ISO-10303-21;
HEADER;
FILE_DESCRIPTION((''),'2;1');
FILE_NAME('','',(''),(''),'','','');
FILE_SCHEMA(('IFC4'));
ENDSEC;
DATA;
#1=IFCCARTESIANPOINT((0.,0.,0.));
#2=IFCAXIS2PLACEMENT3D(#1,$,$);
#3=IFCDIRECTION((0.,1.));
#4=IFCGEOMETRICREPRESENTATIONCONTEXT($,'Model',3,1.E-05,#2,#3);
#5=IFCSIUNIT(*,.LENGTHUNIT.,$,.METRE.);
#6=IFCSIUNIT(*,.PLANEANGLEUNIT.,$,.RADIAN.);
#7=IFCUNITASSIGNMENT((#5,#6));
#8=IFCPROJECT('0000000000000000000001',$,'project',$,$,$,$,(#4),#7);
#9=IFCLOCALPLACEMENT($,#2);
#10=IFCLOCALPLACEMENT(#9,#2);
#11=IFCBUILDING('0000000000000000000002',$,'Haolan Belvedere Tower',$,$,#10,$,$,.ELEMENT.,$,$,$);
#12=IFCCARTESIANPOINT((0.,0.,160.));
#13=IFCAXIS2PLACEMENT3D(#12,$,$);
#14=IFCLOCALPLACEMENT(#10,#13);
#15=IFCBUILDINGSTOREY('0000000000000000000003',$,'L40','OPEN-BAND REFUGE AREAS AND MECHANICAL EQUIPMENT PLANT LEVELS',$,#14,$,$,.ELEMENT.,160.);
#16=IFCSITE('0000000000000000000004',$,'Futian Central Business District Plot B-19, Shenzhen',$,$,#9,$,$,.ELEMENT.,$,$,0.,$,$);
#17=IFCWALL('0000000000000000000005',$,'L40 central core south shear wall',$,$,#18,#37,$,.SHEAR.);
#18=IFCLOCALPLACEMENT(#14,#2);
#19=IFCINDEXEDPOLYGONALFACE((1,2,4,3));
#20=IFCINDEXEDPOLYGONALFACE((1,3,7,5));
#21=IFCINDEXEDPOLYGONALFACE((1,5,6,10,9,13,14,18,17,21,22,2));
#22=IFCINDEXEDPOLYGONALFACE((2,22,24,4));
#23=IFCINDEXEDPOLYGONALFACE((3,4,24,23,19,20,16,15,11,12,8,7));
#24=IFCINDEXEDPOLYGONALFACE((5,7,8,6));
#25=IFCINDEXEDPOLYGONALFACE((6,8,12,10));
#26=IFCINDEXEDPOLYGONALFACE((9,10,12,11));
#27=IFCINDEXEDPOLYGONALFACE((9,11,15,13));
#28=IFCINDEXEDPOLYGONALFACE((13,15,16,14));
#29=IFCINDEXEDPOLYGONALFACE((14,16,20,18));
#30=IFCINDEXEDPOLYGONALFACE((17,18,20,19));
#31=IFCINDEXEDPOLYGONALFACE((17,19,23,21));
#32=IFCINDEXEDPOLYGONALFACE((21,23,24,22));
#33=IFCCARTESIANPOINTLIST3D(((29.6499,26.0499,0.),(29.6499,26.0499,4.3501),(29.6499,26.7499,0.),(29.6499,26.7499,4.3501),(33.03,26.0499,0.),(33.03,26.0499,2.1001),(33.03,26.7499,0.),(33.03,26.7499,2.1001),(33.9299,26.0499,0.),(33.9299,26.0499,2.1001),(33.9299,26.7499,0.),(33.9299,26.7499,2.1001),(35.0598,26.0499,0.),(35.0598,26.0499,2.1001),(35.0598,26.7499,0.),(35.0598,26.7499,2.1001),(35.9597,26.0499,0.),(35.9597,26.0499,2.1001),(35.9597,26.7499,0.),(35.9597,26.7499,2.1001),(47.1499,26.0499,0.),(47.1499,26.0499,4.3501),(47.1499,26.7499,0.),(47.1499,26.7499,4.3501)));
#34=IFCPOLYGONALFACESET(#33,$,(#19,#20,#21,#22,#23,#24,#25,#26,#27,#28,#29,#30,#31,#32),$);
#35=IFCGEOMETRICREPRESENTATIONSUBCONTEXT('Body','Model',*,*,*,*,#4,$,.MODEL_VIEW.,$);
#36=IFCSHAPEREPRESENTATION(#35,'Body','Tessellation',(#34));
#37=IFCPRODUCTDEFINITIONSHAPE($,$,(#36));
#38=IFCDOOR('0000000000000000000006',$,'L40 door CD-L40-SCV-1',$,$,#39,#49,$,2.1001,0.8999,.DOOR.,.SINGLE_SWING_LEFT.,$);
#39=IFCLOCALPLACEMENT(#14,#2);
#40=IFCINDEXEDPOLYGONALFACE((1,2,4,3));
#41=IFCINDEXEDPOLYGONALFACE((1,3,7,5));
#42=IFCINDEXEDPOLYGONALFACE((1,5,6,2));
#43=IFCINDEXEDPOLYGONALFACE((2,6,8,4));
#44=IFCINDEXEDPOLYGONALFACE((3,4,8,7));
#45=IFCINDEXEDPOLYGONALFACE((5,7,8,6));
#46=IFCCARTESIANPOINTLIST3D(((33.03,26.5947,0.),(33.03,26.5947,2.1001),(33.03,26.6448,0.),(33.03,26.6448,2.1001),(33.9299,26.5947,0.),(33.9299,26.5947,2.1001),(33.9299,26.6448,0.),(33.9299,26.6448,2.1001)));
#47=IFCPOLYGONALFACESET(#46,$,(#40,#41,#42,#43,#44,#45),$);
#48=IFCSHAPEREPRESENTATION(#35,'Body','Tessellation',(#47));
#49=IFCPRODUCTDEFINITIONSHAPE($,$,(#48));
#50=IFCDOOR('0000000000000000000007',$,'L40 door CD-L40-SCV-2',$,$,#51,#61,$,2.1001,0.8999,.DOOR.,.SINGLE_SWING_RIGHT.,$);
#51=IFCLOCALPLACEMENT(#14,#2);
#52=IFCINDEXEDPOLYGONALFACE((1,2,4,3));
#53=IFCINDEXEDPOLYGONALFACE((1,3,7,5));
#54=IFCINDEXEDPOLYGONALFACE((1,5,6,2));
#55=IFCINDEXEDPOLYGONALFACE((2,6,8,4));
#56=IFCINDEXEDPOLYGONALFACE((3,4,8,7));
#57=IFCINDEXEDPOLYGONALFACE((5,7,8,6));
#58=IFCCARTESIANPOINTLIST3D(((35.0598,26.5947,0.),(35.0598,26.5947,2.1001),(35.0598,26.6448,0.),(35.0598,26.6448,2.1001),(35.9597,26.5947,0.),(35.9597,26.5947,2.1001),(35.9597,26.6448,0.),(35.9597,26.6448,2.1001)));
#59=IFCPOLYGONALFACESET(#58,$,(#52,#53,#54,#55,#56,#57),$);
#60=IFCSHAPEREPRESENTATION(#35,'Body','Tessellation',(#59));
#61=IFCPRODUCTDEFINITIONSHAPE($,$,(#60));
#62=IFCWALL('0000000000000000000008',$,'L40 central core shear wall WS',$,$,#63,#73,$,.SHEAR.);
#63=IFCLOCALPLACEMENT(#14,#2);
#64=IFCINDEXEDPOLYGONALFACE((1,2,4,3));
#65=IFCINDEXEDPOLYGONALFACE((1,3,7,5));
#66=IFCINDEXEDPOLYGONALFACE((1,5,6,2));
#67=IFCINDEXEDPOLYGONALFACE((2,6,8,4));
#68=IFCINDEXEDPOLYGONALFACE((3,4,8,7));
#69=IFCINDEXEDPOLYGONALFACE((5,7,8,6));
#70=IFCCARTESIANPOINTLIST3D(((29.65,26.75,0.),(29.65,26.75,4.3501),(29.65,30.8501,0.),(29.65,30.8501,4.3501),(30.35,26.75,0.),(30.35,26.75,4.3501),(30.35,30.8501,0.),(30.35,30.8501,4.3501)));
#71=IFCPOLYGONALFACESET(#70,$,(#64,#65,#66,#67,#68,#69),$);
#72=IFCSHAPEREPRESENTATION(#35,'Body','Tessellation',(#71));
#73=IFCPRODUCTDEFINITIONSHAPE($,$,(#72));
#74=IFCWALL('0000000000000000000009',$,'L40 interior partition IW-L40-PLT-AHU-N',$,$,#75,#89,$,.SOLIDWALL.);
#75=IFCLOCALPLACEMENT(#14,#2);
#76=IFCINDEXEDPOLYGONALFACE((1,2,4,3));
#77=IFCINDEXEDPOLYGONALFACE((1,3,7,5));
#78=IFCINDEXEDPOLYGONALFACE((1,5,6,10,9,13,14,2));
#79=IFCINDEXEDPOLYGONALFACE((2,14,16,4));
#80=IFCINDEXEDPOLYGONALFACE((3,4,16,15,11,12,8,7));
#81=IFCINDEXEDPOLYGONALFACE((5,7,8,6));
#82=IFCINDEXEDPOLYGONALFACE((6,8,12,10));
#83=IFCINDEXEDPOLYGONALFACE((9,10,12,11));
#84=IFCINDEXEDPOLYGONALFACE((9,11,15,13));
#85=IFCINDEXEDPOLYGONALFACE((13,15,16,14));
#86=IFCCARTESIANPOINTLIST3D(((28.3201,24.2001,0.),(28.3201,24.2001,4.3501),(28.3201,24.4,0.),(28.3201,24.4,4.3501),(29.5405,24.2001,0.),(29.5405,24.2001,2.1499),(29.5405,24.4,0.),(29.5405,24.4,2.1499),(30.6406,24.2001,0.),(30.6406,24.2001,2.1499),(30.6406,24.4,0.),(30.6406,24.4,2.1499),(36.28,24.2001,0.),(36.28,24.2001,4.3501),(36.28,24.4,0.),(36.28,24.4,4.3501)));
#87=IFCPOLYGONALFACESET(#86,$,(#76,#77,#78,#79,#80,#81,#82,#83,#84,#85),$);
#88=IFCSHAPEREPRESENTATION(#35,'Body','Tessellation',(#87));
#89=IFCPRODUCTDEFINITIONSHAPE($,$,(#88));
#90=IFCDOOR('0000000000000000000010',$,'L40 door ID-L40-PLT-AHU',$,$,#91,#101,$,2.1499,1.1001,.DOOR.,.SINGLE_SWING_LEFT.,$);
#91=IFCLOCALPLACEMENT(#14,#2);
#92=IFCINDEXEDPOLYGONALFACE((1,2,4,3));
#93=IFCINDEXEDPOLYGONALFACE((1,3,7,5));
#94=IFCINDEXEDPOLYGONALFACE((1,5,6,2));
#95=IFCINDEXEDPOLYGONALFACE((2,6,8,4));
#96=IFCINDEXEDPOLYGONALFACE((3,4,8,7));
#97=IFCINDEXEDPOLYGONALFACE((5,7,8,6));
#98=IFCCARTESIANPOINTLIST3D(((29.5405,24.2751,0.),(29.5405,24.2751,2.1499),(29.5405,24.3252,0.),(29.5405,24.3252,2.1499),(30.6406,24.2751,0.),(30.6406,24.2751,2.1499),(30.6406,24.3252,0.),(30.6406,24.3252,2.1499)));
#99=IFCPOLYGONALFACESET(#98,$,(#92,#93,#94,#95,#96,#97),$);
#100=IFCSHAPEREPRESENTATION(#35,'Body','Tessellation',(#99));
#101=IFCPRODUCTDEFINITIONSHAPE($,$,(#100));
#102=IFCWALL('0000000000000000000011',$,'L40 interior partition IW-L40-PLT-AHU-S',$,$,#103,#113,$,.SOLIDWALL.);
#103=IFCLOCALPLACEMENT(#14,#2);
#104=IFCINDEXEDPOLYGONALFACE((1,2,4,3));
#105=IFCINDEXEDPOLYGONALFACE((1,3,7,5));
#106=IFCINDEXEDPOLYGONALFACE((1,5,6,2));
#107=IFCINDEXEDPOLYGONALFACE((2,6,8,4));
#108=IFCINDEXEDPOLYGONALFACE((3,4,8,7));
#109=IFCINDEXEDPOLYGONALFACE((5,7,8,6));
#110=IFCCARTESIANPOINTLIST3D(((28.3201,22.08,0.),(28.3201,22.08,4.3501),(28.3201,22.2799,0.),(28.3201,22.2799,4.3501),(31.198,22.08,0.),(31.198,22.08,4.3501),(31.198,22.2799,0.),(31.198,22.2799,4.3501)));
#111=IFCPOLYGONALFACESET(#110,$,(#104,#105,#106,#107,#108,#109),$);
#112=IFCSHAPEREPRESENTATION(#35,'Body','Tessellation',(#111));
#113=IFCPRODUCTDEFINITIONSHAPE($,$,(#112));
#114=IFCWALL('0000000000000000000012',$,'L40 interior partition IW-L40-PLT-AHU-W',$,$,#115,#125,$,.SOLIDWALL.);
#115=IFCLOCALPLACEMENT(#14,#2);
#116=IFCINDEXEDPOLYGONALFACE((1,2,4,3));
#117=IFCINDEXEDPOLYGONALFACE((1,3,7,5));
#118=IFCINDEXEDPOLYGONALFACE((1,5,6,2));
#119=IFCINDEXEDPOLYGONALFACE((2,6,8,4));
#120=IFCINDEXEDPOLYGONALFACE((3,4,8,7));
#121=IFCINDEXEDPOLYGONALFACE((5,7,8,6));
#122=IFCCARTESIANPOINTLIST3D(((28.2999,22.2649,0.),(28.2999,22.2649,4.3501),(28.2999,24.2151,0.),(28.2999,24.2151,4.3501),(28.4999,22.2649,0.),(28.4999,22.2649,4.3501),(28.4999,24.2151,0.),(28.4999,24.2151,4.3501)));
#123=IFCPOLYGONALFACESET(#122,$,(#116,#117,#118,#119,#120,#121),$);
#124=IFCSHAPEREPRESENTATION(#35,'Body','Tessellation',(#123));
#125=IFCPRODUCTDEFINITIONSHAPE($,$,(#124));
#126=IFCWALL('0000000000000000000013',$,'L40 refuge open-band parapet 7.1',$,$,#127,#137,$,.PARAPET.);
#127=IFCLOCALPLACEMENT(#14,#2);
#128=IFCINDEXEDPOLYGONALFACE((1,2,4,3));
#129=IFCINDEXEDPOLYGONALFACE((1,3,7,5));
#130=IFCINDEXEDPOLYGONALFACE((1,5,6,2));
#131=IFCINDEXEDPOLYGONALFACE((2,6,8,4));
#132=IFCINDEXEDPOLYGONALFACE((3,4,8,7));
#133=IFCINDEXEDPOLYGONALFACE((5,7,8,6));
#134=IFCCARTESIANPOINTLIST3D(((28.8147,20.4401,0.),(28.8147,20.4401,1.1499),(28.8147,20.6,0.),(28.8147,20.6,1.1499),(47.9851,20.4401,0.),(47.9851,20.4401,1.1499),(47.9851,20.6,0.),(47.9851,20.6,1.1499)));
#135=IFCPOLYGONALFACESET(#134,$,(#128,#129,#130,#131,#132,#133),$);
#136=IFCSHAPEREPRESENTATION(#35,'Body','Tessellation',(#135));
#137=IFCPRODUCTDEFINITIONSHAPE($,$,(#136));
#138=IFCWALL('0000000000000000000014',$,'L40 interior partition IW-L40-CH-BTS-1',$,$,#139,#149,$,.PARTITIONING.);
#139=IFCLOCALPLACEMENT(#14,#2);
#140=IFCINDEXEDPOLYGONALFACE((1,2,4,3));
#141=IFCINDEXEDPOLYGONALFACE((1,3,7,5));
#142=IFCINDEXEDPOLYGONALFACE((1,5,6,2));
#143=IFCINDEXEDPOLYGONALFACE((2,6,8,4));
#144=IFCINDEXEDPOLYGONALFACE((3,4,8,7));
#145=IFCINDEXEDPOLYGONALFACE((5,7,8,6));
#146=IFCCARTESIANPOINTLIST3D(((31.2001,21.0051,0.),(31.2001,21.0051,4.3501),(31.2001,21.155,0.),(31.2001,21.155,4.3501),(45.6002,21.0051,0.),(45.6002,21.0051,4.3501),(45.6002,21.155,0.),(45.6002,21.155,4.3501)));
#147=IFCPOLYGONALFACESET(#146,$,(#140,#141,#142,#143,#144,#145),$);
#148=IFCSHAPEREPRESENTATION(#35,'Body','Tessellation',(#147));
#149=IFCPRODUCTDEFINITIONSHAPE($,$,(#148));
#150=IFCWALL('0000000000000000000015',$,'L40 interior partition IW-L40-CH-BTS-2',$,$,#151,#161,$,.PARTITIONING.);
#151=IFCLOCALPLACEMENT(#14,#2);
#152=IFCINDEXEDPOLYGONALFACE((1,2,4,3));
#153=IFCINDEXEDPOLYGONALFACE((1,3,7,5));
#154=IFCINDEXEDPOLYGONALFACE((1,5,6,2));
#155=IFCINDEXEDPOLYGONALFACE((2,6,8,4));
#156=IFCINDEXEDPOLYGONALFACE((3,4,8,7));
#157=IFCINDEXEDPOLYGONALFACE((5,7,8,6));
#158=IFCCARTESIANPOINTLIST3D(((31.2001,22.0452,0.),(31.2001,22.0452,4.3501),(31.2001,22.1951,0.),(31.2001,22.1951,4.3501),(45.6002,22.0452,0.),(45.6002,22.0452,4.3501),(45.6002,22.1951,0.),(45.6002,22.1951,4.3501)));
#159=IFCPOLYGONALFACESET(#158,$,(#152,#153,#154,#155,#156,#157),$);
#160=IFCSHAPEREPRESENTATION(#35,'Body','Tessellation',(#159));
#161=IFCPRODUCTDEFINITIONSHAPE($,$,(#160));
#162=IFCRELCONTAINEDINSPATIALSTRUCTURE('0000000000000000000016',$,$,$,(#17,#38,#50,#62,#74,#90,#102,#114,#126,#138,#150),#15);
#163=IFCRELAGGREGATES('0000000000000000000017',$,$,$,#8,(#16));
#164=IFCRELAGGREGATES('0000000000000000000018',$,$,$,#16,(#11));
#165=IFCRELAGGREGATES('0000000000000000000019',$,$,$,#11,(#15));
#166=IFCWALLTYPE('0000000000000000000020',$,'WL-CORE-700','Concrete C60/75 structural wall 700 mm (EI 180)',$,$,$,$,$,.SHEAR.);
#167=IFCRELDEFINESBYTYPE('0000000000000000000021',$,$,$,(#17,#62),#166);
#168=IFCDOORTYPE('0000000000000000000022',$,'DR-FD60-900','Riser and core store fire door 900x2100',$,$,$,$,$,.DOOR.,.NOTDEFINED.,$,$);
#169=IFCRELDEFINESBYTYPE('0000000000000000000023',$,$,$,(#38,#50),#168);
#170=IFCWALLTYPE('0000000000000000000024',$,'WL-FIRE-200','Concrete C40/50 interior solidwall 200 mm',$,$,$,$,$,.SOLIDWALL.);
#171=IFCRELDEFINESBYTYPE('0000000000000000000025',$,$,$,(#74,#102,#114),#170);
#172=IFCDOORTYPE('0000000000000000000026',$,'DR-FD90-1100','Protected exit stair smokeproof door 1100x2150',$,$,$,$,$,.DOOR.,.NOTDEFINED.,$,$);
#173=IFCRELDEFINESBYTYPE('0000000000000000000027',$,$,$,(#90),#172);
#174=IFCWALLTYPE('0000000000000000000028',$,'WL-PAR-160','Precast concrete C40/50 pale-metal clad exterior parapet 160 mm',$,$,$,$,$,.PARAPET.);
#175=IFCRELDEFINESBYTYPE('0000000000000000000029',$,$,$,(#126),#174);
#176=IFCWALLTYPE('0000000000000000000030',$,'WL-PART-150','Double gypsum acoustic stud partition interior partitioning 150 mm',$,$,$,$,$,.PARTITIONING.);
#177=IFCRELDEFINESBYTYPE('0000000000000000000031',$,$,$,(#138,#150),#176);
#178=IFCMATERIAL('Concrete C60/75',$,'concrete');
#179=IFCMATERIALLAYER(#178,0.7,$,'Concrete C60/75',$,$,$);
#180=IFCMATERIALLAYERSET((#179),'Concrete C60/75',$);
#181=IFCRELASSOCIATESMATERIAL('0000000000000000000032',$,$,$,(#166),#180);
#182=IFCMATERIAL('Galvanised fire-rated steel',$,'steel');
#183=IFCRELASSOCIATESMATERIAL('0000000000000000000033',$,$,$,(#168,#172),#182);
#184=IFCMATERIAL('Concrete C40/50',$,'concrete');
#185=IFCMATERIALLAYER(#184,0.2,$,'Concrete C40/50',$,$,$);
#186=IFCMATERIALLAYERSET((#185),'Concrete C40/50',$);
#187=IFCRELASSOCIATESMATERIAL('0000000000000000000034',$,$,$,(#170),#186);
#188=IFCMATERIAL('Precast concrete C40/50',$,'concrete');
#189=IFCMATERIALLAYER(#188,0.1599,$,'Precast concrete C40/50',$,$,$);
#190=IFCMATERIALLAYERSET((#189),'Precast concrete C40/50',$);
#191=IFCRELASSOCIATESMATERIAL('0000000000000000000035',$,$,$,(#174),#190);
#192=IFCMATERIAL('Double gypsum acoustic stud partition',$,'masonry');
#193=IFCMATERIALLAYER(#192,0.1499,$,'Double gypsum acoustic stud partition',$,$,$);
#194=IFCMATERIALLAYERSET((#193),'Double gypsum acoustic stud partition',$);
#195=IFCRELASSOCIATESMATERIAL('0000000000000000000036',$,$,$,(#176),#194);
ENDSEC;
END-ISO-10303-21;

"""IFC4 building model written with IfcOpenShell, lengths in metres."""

from ifc_helpers import new_model, si_unit, direction, frame, frame_2d, origin, place, context, subcontext, project, spatial, rectangle, extrude, material, layer, layer_set, type_object, element, fill, save


model = new_model("IFC4")

# Units and contexts
model_context = context("Model", 3, precision=1e-05, world=origin(), true_north=direction((0.0, 1.0)))
body_context = subcontext(model_context, "Body", "Model", "MODEL_VIEW")
ifc_project = project(units=[si_unit("LENGTHUNIT", "METRE"), si_unit("PLANEANGLEUNIT", "RADIAN")], contexts=[model_context])

# Site, building, storey
site_placement = place(None, origin())
site = spatial("IfcSite", under=ifc_project, at=site_placement, Name="Futian Central Business District Plot B-19, Shenzhen", CompositionType="ELEMENT", RefElevation=0.0)
building_placement = place(site_placement, origin())
building = spatial("IfcBuilding", under=site, at=building_placement, Name="Haolan Belvedere Tower", CompositionType="ELEMENT")
storey_placement = place(building_placement, frame((0.0, 0.0, 160.0)))
storey = spatial("IfcBuildingStorey", under=building, at=storey_placement, Name="L40", Description="OPEN-BAND REFUGE AREAS AND MECHANICAL EQUIPMENT PLANT LEVELS", CompositionType="ELEMENT", Elevation=160.0)

# Wall, openings, doors
ifc_material_1 = material(Name="Concrete C60/75", Category="concrete")
ifc_layer_1 = layer(ifc_material_1, 0.7, Name="Concrete C60/75")
ifc_layer_set_1 = layer_set([ifc_layer_1], Name="Concrete C60/75")
wall_type_1 = type_object("IfcWallType", Name="WL-CORE-700", Description="Concrete C60/75 structural wall 700 mm (EI 180)", PredefinedType="SHEAR", material=ifc_layer_set_1)
wall_1_placement = place(storey_placement, frame((29.6499, 26.3999, 0.0), z_axis=(0.0, 0.0, 1.0), x_axis=(1.0, 0.0, 0.0)))
wall_1 = element("IfcWall", 1, at=wall_1_placement, inside=storey, type_object=wall_type_1, Name="L40 central core south shear wall", PredefinedType="SHEAR", context=body_context, shape_type="SweptSolid", body=[
    extrude(rectangle(XDim=17.5, YDim=0.7, at=frame_2d((8.75, 0.0))), origin(), (0.0, 0.0, 1.0), 4.3501),
])
opening_1_placement = place(wall_1_placement, frame((4.28, 0.0, 0.0), z_axis=(0.0, 0.0, 1.0), x_axis=(-1.0, 0.0, 0.0)))
opening_1 = element("IfcOpeningElement", 2, at=opening_1_placement, cuts=wall_1, PredefinedType="OPENING", context=body_context, shape_type="SweptSolid", body=[
    extrude(rectangle(XDim=0.8999, YDim=2.1001, at=frame_2d((0.45, 1.05))), frame((0.0, 0.3599, 0.0), z_axis=(0.0, -1.0, 0.0), x_axis=(1.0, 0.0, 0.0)), (0.0, 0.0, 1.0), 0.72),
])
opening_2_placement = place(wall_1_placement, frame((6.3098, 0.0, 0.0), z_axis=(0.0, 0.0, 1.0), x_axis=(-1.0, 0.0, 0.0)))
opening_2 = element("IfcOpeningElement", 3, at=opening_2_placement, cuts=wall_1, PredefinedType="OPENING", context=body_context, shape_type="SweptSolid", body=[
    extrude(rectangle(XDim=0.8999, YDim=2.1001, at=frame_2d((0.45, 1.05))), frame((0.0, 0.3599, 0.0), z_axis=(0.0, -1.0, 0.0), x_axis=(1.0, 0.0, 0.0)), (0.0, 0.0, 1.0), 0.72),
])
ifc_material_2 = material(Name="Galvanised fire-rated steel", Category="steel")
door_type_1 = type_object("IfcDoorType", Name="DR-FD60-900", Description="Riser and core store fire door 900x2100", OperationType="NOTDEFINED", PredefinedType="DOOR", material=ifc_material_2)
door_1_placement = place(opening_1_placement, origin())
door_1 = element("IfcDoor", 4, at=door_1_placement, inside=storey, type_object=door_type_1, Name="L40 door CD-L40-SCV-1", OperationType="SINGLE_SWING_LEFT", OverallHeight=2.1001, OverallWidth=0.8999, PredefinedType="DOOR", context=body_context, shape_type="SweptSolid", body=[
    extrude(rectangle(XDim=0.8999, YDim=2.1001, at=frame_2d((0.45, 1.05))), frame((0.0, -0.1948, 0.0), z_axis=(0.0, -1.0, 0.0), x_axis=(1.0, 0.0, 0.0)), (0.0, 0.0, 1.0), 0.05),
])
fill(opening_1, door_1)
door_2_placement = place(opening_2_placement, origin())
door_2 = element("IfcDoor", 5, at=door_2_placement, inside=storey, type_object=door_type_1, Name="L40 door CD-L40-SCV-2", OperationType="SINGLE_SWING_RIGHT", OverallHeight=2.1001, OverallWidth=0.8999, PredefinedType="DOOR", context=body_context, shape_type="SweptSolid", body=[
    extrude(rectangle(XDim=0.8999, YDim=2.1001, at=frame_2d((0.45, 1.05))), frame((0.0, -0.1948, 0.0), z_axis=(0.0, -1.0, 0.0), x_axis=(1.0, 0.0, 0.0)), (0.0, 0.0, 1.0), 0.05),
])
fill(opening_2, door_2)

# Wall
wall_2_placement = place(storey_placement, frame((30.0, 26.75, 0.0), z_axis=(0.0, 0.0, 1.0), x_axis=(0.0, 1.0, 0.0)))
element("IfcWall", 6, at=wall_2_placement, inside=storey, type_object=wall_type_1, Name="L40 central core shear wall WS", PredefinedType="SHEAR", context=body_context, shape_type="SweptSolid", body=[
    extrude(rectangle(XDim=4.1001, YDim=0.7, at=frame_2d((2.05, 0.0))), origin(), (0.0, 0.0, 1.0), 4.3501),
])

# Wall, opening, door
ifc_material_3 = material(Name="Concrete C40/50", Category="concrete")
ifc_layer_2 = layer(ifc_material_3, 0.2, Name="Concrete C40/50")
ifc_layer_set_2 = layer_set([ifc_layer_2], Name="Concrete C40/50")
wall_type_2 = type_object("IfcWallType", Name="WL-FIRE-200", Description="Concrete C40/50 interior solidwall 200 mm", PredefinedType="SOLIDWALL", material=ifc_layer_set_2)
wall_3_placement = place(storey_placement, frame((28.3201, 24.3, 0.0), z_axis=(0.0, 0.0, 1.0), x_axis=(1.0, 0.0, 0.0)))
wall_3 = element("IfcWall", 7, at=wall_3_placement, inside=storey, type_object=wall_type_2, Name="L40 interior partition IW-L40-PLT-AHU-N", PredefinedType="SOLIDWALL", context=body_context, shape_type="SweptSolid", body=[
    extrude(rectangle(XDim=7.96, YDim=0.2, at=frame_2d((3.98, 0.0))), origin(), (0.0, 0.0, 1.0), 4.3501),
])
opening_3_placement = place(wall_3_placement, frame((2.3206, 0.0, 0.0), z_axis=(0.0, 0.0, 1.0), x_axis=(-1.0, 0.0, 0.0)))
opening_3 = element("IfcOpeningElement", 8, at=opening_3_placement, cuts=wall_3, PredefinedType="OPENING", context=body_context, shape_type="SweptSolid", body=[
    extrude(rectangle(XDim=1.1001, YDim=2.1499, at=frame_2d((0.55, 1.075))), frame((0.0, 0.1099, 0.0), z_axis=(0.0, -1.0, 0.0), x_axis=(1.0, 0.0, 0.0)), (0.0, 0.0, 1.0), 0.22),
])
door_type_2 = type_object("IfcDoorType", Name="DR-FD90-1100", Description="Protected exit stair smokeproof door 1100x2150", OperationType="NOTDEFINED", PredefinedType="DOOR", material=ifc_material_2)
door_3_placement = place(opening_3_placement, origin())
door_3 = element("IfcDoor", 9, at=door_3_placement, inside=storey, type_object=door_type_2, Name="L40 door ID-L40-PLT-AHU", OperationType="SINGLE_SWING_LEFT", OverallHeight=2.1499, OverallWidth=1.1001, PredefinedType="DOOR", context=body_context, shape_type="SweptSolid", body=[
    extrude(rectangle(XDim=1.1001, YDim=2.1499, at=frame_2d((0.55, 1.075))), frame((0.0, 0.0249, 0.0), z_axis=(0.0, -1.0, 0.0), x_axis=(1.0, 0.0, 0.0)), (0.0, 0.0, 1.0), 0.05),
])
fill(opening_3, door_3)

# Walls
wall_4_placement = place(storey_placement, frame((28.3201, 22.1799, 0.0), z_axis=(0.0, 0.0, 1.0), x_axis=(1.0, 0.0, 0.0)))
element("IfcWall", 10, at=wall_4_placement, inside=storey, type_object=wall_type_2, Name="L40 interior partition IW-L40-PLT-AHU-S", PredefinedType="SOLIDWALL", context=body_context, shape_type="SweptSolid", body=[
    extrude(rectangle(XDim=2.8779, YDim=0.2, at=frame_2d((1.439, 0.0))), origin(), (0.0, 0.0, 1.0), 4.3501),
])
wall_5_placement = place(storey_placement, frame((28.3999, 22.2649, 0.0), z_axis=(0.0, 0.0, 1.0), x_axis=(0.0, 1.0, 0.0)))
element("IfcWall", 11, at=wall_5_placement, inside=storey, type_object=wall_type_2, Name="L40 interior partition IW-L40-PLT-AHU-W", PredefinedType="SOLIDWALL", context=body_context, shape_type="SweptSolid", body=[
    extrude(rectangle(XDim=1.9502, YDim=0.2, at=frame_2d((0.9751, 0.0))), origin(), (0.0, 0.0, 1.0), 4.3501),
])
ifc_material_4 = material(Name="Precast concrete C40/50", Category="concrete")
ifc_layer_3 = layer(ifc_material_4, 0.1599, Name="Precast concrete C40/50")
ifc_layer_set_3 = layer_set([ifc_layer_3], Name="Precast concrete C40/50")
wall_type_3 = type_object("IfcWallType", Name="WL-PAR-160", Description="Precast concrete C40/50 pale-metal clad exterior parapet 160 mm", PredefinedType="PARAPET", material=ifc_layer_set_3)
wall_6_placement = place(storey_placement, frame((28.8147, 20.52, 0.0), z_axis=(0.0, 0.0, 1.0), x_axis=(1.0, 0.0, 0.0)))
element("IfcWall", 12, at=wall_6_placement, inside=storey, type_object=wall_type_3, Name="L40 refuge open-band parapet 7.1", PredefinedType="PARAPET", context=body_context, shape_type="SweptSolid", body=[
    extrude(rectangle(XDim=19.1704, YDim=0.1599, at=frame_2d((9.5852, 0.0))), origin(), (0.0, 0.0, 1.0), 1.1499),
])
ifc_material_5 = material(Name="Double gypsum acoustic stud partition", Category="masonry")
ifc_layer_4 = layer(ifc_material_5, 0.1499, Name="Double gypsum acoustic stud partition")
ifc_layer_set_4 = layer_set([ifc_layer_4], Name="Double gypsum acoustic stud partition")
wall_type_4 = type_object("IfcWallType", Name="WL-PART-150", Description="Double gypsum acoustic stud partition interior partitioning 150 mm", PredefinedType="PARTITIONING", material=ifc_layer_set_4)
for number, where, z_axis, x_axis, name in (
    (13, (31.2, 21.0801, 0.0), (0.0, 0.0, 1.0), (1.0, 0.0, 0.0), "L40 interior partition IW-L40-CH-BTS-1"),
    (14, (31.2, 22.1201, 0.0), (0.0, 0.0, 1.0), (1.0, 0.0, 0.0), "L40 interior partition IW-L40-CH-BTS-2"),
):
    element("IfcWall", number, at=place(storey_placement, frame(where, z_axis=z_axis, x_axis=x_axis)), inside=storey, type_object=wall_type_4, Name=name, PredefinedType="PARTITIONING", context=body_context, shape_type="SweptSolid", body=[
        extrude(rectangle(XDim=14.4001, YDim=0.1499, at=frame_2d((7.2002, 0.0))), origin(), (0.0, 0.0, 1.0), 4.3501),
    ])

save(model, "model.ifc")
